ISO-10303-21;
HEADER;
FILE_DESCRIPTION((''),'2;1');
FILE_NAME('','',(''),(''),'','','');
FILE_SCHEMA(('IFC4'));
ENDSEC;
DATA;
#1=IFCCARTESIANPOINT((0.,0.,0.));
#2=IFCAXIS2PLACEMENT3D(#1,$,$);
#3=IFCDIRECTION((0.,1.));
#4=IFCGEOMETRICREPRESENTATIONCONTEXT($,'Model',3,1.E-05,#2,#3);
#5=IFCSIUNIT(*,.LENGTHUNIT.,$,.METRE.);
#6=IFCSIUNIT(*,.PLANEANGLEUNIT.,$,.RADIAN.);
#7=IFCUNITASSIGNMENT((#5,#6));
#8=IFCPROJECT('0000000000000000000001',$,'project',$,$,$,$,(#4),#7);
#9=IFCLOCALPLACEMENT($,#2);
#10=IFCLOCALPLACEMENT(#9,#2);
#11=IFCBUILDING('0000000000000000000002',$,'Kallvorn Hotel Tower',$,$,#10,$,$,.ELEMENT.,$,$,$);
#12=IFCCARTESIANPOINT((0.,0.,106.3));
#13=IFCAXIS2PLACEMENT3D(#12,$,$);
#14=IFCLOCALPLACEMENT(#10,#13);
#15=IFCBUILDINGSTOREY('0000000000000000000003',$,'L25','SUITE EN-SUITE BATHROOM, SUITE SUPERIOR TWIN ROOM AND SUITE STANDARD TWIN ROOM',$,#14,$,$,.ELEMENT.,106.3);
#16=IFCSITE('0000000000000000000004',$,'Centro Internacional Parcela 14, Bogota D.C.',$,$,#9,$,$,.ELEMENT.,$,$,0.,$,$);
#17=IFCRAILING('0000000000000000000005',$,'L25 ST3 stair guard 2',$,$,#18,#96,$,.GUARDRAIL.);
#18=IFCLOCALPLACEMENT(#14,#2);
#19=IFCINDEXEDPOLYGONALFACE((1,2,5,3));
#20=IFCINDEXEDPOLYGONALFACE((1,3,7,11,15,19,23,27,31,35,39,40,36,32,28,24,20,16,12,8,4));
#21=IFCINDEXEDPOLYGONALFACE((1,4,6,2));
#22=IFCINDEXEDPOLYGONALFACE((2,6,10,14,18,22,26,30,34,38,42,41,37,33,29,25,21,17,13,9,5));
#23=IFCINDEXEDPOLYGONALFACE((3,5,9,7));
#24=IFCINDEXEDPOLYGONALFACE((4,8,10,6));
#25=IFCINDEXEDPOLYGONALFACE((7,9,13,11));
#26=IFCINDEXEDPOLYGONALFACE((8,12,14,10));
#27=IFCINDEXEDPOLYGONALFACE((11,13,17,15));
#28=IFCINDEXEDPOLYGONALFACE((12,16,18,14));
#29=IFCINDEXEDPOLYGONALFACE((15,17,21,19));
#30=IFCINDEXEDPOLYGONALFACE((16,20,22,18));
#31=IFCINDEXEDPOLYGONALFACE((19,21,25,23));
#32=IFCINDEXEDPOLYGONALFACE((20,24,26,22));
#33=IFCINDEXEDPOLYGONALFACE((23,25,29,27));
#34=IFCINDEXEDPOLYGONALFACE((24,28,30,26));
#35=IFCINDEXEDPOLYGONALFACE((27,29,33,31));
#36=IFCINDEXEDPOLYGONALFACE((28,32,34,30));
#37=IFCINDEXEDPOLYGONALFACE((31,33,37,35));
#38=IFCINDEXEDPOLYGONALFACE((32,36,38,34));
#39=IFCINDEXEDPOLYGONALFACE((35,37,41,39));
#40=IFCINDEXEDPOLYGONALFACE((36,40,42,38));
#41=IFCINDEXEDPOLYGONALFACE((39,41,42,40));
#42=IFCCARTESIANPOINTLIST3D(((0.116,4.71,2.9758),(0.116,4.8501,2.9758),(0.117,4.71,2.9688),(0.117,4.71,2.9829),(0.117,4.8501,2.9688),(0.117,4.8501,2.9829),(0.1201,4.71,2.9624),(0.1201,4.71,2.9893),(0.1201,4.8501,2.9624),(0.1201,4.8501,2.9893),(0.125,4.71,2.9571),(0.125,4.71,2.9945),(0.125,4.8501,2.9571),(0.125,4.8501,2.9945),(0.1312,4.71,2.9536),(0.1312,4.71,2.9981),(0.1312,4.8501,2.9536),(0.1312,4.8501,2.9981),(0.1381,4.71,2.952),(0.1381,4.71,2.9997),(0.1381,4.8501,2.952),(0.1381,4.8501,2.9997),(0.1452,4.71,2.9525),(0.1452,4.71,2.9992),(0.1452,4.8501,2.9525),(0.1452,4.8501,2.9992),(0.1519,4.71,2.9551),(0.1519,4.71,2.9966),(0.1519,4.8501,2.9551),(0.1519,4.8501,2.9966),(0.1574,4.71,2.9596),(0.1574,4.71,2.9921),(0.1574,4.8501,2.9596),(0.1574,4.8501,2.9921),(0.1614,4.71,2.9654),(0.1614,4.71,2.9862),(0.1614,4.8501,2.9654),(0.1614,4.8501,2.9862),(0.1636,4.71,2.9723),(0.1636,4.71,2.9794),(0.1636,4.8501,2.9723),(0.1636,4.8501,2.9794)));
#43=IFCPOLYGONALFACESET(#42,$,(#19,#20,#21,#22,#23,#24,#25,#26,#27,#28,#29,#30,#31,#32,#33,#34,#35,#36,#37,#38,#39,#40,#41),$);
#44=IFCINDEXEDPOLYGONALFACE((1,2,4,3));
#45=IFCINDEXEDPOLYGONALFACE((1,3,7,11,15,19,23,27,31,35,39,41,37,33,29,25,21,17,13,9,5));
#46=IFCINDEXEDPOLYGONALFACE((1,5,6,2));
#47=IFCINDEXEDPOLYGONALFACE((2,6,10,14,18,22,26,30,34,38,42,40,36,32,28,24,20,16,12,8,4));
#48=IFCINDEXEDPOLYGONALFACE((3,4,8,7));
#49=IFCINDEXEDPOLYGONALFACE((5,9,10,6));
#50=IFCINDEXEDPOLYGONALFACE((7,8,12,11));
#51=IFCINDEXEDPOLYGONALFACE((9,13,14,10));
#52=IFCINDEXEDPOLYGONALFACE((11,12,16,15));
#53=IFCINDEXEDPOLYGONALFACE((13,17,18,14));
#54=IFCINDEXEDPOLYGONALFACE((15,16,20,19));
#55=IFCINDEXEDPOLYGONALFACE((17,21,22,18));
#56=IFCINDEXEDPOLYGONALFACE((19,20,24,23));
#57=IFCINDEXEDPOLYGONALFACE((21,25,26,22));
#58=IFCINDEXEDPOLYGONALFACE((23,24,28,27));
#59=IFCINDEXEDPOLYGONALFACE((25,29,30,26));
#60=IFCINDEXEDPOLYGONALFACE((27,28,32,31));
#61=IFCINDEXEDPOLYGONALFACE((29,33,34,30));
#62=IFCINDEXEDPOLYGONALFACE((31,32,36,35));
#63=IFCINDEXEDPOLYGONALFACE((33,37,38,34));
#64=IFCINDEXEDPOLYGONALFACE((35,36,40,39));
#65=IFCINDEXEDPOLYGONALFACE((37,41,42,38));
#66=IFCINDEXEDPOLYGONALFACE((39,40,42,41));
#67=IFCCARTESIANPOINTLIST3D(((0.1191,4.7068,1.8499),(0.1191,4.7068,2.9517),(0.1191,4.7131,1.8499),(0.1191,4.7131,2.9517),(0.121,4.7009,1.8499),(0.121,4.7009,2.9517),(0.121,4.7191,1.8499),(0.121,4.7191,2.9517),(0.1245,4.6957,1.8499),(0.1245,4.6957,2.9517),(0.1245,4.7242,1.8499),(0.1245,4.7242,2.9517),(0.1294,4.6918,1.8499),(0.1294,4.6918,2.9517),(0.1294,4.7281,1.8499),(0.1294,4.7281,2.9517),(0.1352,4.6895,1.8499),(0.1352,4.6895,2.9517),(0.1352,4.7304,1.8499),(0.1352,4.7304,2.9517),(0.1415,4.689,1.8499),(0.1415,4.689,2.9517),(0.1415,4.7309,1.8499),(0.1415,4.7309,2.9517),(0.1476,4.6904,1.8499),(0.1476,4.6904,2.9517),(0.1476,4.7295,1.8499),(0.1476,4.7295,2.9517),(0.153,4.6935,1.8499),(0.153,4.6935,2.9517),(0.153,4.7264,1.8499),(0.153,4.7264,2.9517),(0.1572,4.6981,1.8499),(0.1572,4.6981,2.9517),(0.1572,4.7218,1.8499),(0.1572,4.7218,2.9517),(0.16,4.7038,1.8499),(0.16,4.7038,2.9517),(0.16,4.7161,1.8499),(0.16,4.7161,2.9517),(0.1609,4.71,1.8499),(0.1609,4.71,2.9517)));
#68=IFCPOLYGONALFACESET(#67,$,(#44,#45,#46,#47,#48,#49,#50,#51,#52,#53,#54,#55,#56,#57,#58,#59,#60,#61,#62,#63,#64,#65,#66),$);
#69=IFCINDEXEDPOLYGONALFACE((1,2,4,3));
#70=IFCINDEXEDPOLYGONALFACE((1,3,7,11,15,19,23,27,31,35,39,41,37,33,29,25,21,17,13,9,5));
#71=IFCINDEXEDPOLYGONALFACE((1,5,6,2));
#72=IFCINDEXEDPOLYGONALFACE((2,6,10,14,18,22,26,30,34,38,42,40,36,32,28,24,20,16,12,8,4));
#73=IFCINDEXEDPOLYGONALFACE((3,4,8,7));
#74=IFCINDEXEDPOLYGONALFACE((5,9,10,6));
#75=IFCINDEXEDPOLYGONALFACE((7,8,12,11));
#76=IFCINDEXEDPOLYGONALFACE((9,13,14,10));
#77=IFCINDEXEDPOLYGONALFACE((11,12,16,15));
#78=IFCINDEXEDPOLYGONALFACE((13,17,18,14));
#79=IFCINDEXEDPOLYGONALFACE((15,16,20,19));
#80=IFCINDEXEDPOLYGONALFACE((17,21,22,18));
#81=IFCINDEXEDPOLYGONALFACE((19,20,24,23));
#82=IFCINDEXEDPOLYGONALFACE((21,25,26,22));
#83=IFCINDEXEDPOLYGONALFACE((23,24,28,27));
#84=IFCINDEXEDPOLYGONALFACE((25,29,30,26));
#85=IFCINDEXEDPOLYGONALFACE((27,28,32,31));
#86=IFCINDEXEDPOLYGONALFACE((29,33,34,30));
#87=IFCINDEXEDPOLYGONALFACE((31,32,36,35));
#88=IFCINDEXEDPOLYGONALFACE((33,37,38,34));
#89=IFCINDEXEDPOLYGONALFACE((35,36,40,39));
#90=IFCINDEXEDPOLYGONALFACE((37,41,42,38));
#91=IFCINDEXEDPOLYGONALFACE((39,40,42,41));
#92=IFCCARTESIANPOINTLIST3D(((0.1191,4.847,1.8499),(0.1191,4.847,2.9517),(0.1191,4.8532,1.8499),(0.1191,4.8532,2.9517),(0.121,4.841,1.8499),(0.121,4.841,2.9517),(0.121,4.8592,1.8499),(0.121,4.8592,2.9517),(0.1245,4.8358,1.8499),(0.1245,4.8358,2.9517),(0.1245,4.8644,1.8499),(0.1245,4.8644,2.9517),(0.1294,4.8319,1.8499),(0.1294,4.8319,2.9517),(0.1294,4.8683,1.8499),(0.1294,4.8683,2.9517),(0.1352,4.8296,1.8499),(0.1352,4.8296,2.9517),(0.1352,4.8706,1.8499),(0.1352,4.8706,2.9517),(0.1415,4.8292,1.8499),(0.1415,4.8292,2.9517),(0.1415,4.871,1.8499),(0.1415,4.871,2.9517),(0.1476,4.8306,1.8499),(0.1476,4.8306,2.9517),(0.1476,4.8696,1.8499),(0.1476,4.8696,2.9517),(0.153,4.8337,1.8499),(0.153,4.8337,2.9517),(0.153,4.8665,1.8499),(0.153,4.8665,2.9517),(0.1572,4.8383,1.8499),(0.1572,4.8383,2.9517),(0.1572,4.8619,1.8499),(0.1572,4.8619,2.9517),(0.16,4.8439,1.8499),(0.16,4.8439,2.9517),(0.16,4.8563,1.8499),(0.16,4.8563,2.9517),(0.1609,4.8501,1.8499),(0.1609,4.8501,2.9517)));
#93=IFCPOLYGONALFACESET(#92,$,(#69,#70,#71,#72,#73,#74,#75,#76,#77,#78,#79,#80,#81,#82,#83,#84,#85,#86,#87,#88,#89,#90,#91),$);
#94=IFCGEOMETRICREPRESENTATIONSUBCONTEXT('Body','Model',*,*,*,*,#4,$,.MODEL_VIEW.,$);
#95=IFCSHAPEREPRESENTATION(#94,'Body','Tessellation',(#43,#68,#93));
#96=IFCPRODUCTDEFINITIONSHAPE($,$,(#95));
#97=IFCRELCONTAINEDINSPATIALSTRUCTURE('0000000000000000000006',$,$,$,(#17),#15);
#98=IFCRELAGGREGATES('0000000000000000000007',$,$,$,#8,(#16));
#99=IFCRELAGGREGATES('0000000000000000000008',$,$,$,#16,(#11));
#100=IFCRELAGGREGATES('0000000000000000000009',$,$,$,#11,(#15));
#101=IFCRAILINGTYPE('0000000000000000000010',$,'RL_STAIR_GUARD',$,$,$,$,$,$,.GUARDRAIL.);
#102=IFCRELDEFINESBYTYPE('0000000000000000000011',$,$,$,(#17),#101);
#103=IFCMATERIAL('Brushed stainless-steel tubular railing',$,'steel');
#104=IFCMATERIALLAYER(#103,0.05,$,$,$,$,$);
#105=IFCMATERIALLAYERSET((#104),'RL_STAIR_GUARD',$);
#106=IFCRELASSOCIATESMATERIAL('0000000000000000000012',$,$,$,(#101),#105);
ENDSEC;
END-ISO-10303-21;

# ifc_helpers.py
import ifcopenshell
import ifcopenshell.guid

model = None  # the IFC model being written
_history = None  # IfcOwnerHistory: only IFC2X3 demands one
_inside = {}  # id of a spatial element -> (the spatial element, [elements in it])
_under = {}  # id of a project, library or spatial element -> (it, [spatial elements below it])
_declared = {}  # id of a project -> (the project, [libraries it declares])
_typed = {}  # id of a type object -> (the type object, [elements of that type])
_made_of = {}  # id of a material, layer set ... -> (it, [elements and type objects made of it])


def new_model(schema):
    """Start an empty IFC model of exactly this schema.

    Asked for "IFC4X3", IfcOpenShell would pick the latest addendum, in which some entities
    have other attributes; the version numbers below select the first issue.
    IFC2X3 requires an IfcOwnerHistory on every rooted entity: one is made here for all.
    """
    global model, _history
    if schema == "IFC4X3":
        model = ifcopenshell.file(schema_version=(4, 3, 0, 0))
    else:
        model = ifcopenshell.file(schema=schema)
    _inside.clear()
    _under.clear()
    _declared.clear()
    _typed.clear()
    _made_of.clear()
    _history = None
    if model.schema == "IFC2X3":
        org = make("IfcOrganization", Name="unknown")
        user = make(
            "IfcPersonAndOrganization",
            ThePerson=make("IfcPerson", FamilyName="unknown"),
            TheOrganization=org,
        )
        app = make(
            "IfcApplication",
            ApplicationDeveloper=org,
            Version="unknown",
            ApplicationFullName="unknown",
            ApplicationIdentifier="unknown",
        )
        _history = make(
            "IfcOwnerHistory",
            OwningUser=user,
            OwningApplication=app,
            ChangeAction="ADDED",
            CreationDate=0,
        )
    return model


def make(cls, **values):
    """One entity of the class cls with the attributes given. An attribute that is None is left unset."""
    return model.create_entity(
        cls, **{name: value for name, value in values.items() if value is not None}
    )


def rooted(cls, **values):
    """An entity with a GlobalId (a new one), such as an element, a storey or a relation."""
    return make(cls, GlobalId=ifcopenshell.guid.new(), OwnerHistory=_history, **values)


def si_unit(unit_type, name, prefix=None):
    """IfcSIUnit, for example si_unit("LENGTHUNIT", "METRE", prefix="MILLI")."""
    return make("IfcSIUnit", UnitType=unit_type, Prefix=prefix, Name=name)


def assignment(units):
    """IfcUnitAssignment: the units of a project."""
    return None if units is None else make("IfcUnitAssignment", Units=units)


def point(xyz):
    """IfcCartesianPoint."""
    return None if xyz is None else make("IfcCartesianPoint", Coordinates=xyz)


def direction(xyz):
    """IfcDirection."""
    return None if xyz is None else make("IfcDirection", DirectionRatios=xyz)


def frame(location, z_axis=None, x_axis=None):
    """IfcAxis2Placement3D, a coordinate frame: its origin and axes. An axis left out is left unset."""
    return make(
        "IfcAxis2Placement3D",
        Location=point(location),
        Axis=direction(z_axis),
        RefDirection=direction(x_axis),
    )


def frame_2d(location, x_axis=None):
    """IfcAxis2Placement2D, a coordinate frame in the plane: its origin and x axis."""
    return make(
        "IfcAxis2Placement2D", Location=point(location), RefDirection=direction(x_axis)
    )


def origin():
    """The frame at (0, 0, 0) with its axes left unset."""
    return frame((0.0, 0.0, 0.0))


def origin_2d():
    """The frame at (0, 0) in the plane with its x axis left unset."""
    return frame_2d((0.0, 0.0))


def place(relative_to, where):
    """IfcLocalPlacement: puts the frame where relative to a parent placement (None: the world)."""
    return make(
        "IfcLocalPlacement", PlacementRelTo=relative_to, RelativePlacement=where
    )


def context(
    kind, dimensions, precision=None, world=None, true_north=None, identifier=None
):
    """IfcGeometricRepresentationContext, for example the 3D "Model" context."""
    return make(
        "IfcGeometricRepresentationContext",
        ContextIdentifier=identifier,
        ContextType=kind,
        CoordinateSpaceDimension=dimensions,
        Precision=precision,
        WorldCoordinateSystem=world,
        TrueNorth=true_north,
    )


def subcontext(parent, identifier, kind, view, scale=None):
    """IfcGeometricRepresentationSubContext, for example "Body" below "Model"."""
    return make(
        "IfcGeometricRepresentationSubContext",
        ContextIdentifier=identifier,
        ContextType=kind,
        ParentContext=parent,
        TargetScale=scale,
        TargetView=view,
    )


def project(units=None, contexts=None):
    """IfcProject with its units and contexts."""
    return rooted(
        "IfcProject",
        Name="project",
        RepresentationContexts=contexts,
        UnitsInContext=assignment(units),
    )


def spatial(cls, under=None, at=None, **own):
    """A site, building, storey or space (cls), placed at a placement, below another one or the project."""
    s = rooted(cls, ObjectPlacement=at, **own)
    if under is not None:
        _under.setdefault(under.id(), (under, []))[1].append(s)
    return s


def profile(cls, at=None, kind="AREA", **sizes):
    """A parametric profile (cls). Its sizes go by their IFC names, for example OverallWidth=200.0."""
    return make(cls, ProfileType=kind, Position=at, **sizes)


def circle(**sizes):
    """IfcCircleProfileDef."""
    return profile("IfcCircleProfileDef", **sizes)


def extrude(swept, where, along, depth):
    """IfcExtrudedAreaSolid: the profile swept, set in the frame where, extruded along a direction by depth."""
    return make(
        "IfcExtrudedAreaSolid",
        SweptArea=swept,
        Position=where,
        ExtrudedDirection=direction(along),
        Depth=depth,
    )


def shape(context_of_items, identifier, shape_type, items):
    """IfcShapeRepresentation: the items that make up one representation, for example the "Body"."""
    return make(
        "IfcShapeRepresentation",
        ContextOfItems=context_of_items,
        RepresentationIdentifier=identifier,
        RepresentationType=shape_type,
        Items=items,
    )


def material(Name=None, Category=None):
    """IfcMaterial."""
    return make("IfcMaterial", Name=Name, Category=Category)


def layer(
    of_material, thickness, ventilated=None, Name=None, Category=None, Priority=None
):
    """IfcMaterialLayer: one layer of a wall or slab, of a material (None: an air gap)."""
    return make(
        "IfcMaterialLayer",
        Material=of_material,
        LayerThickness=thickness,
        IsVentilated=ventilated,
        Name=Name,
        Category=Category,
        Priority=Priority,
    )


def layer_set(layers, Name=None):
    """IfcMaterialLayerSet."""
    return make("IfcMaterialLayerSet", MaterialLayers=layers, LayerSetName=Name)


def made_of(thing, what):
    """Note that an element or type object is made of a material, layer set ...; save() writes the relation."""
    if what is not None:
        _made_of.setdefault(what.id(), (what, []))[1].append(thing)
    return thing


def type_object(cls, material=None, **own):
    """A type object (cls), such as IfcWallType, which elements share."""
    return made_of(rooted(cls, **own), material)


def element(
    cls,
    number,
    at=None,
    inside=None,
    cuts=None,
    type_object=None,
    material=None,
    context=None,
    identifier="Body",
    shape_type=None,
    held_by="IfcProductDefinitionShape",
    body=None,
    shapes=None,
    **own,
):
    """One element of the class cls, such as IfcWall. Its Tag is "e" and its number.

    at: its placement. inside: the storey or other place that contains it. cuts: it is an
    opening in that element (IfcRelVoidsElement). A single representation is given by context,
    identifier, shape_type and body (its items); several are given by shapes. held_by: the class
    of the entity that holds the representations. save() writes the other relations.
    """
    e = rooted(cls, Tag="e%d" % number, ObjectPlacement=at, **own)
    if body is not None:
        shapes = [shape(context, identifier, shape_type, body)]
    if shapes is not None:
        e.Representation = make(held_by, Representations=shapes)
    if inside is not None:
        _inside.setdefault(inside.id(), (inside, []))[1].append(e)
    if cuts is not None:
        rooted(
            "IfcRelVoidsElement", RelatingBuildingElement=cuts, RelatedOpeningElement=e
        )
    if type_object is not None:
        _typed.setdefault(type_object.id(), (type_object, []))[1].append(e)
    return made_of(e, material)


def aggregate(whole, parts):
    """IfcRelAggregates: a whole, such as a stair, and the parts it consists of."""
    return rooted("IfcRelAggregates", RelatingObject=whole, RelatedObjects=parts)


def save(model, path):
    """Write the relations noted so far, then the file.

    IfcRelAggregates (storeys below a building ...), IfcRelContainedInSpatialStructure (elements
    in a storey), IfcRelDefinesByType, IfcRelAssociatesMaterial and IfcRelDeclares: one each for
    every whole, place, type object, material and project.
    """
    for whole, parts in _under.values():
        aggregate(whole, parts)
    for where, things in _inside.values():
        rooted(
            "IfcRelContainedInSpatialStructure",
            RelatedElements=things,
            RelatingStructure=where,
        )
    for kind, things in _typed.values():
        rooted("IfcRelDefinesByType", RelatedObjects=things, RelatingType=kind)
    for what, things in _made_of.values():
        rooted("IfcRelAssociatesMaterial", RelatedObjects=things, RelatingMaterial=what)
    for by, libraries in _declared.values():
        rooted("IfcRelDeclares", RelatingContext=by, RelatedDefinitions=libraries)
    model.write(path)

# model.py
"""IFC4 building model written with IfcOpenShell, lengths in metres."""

from ifc_helpers import new_model, si_unit, direction, frame, origin, origin_2d, place, context, subcontext, project, spatial, circle, extrude, material, layer, layer_set, type_object, element, save


model = new_model("IFC4")

# Units and contexts
model_context = context("Model", 3, precision=1e-05, world=origin(), true_north=direction((0.0, 1.0)))
body_context = subcontext(model_context, "Body", "Model", "MODEL_VIEW")
ifc_project = project(units=[si_unit("LENGTHUNIT", "METRE"), si_unit("PLANEANGLEUNIT", "RADIAN")], contexts=[model_context])

# Site, building, storey
site_placement = place(None, origin())
site = spatial("IfcSite", under=ifc_project, at=site_placement, Name="Centro Internacional Parcela 14, Bogota D.C.", CompositionType="ELEMENT", RefElevation=0.0)
building_placement = place(site_placement, origin())
building = spatial("IfcBuilding", under=site, at=building_placement, Name="Kallvorn Hotel Tower", CompositionType="ELEMENT")
storey_placement = place(building_placement, frame((0.0, 0.0, 106.3)))
storey = spatial("IfcBuildingStorey", under=building, at=storey_placement, Name="L25", Description="SUITE EN-SUITE BATHROOM, SUITE SUPERIOR TWIN ROOM AND SUITE STANDARD TWIN ROOM", CompositionType="ELEMENT", Elevation=106.3)

# Railing
ifc_material_1 = material(Name="Brushed stainless-steel tubular railing", Category="steel")
ifc_layer_1 = layer(ifc_material_1, 0.05)
ifc_layer_set_1 = layer_set([ifc_layer_1], Name="RL_STAIR_GUARD")
railing_type_1 = type_object("IfcRailingType", Name="RL_STAIR_GUARD", PredefinedType="GUARDRAIL", material=ifc_layer_set_1)
railing_1_placement = place(storey_placement, frame((0.1399, 4.71, 1.8499)))
element("IfcRailing", 1, at=railing_1_placement, inside=storey, type_object=railing_type_1, Name="L25 ST3 stair guard 2", PredefinedType="GUARDRAIL", context=body_context, shape_type="SweptSolid", body=[
    extrude(circle(Radius=0.0239, at=origin_2d()), frame((0.0, 0.0, 1.126), z_axis=(0.0, 1.0, 0.0), x_axis=(-1.0, 0.0, 0.0)), (0.0, 0.0, 1.0), 0.1401),
    extrude(circle(Radius=0.021, at=origin_2d()), origin(), (0.0, 0.0, 1.0), 1.1018),
    extrude(circle(Radius=0.021, at=origin_2d()), frame((0.0, 0.1401, 0.0)), (0.0, 0.0, 1.0), 1.1018),
])

save(model, "model.ifc")
